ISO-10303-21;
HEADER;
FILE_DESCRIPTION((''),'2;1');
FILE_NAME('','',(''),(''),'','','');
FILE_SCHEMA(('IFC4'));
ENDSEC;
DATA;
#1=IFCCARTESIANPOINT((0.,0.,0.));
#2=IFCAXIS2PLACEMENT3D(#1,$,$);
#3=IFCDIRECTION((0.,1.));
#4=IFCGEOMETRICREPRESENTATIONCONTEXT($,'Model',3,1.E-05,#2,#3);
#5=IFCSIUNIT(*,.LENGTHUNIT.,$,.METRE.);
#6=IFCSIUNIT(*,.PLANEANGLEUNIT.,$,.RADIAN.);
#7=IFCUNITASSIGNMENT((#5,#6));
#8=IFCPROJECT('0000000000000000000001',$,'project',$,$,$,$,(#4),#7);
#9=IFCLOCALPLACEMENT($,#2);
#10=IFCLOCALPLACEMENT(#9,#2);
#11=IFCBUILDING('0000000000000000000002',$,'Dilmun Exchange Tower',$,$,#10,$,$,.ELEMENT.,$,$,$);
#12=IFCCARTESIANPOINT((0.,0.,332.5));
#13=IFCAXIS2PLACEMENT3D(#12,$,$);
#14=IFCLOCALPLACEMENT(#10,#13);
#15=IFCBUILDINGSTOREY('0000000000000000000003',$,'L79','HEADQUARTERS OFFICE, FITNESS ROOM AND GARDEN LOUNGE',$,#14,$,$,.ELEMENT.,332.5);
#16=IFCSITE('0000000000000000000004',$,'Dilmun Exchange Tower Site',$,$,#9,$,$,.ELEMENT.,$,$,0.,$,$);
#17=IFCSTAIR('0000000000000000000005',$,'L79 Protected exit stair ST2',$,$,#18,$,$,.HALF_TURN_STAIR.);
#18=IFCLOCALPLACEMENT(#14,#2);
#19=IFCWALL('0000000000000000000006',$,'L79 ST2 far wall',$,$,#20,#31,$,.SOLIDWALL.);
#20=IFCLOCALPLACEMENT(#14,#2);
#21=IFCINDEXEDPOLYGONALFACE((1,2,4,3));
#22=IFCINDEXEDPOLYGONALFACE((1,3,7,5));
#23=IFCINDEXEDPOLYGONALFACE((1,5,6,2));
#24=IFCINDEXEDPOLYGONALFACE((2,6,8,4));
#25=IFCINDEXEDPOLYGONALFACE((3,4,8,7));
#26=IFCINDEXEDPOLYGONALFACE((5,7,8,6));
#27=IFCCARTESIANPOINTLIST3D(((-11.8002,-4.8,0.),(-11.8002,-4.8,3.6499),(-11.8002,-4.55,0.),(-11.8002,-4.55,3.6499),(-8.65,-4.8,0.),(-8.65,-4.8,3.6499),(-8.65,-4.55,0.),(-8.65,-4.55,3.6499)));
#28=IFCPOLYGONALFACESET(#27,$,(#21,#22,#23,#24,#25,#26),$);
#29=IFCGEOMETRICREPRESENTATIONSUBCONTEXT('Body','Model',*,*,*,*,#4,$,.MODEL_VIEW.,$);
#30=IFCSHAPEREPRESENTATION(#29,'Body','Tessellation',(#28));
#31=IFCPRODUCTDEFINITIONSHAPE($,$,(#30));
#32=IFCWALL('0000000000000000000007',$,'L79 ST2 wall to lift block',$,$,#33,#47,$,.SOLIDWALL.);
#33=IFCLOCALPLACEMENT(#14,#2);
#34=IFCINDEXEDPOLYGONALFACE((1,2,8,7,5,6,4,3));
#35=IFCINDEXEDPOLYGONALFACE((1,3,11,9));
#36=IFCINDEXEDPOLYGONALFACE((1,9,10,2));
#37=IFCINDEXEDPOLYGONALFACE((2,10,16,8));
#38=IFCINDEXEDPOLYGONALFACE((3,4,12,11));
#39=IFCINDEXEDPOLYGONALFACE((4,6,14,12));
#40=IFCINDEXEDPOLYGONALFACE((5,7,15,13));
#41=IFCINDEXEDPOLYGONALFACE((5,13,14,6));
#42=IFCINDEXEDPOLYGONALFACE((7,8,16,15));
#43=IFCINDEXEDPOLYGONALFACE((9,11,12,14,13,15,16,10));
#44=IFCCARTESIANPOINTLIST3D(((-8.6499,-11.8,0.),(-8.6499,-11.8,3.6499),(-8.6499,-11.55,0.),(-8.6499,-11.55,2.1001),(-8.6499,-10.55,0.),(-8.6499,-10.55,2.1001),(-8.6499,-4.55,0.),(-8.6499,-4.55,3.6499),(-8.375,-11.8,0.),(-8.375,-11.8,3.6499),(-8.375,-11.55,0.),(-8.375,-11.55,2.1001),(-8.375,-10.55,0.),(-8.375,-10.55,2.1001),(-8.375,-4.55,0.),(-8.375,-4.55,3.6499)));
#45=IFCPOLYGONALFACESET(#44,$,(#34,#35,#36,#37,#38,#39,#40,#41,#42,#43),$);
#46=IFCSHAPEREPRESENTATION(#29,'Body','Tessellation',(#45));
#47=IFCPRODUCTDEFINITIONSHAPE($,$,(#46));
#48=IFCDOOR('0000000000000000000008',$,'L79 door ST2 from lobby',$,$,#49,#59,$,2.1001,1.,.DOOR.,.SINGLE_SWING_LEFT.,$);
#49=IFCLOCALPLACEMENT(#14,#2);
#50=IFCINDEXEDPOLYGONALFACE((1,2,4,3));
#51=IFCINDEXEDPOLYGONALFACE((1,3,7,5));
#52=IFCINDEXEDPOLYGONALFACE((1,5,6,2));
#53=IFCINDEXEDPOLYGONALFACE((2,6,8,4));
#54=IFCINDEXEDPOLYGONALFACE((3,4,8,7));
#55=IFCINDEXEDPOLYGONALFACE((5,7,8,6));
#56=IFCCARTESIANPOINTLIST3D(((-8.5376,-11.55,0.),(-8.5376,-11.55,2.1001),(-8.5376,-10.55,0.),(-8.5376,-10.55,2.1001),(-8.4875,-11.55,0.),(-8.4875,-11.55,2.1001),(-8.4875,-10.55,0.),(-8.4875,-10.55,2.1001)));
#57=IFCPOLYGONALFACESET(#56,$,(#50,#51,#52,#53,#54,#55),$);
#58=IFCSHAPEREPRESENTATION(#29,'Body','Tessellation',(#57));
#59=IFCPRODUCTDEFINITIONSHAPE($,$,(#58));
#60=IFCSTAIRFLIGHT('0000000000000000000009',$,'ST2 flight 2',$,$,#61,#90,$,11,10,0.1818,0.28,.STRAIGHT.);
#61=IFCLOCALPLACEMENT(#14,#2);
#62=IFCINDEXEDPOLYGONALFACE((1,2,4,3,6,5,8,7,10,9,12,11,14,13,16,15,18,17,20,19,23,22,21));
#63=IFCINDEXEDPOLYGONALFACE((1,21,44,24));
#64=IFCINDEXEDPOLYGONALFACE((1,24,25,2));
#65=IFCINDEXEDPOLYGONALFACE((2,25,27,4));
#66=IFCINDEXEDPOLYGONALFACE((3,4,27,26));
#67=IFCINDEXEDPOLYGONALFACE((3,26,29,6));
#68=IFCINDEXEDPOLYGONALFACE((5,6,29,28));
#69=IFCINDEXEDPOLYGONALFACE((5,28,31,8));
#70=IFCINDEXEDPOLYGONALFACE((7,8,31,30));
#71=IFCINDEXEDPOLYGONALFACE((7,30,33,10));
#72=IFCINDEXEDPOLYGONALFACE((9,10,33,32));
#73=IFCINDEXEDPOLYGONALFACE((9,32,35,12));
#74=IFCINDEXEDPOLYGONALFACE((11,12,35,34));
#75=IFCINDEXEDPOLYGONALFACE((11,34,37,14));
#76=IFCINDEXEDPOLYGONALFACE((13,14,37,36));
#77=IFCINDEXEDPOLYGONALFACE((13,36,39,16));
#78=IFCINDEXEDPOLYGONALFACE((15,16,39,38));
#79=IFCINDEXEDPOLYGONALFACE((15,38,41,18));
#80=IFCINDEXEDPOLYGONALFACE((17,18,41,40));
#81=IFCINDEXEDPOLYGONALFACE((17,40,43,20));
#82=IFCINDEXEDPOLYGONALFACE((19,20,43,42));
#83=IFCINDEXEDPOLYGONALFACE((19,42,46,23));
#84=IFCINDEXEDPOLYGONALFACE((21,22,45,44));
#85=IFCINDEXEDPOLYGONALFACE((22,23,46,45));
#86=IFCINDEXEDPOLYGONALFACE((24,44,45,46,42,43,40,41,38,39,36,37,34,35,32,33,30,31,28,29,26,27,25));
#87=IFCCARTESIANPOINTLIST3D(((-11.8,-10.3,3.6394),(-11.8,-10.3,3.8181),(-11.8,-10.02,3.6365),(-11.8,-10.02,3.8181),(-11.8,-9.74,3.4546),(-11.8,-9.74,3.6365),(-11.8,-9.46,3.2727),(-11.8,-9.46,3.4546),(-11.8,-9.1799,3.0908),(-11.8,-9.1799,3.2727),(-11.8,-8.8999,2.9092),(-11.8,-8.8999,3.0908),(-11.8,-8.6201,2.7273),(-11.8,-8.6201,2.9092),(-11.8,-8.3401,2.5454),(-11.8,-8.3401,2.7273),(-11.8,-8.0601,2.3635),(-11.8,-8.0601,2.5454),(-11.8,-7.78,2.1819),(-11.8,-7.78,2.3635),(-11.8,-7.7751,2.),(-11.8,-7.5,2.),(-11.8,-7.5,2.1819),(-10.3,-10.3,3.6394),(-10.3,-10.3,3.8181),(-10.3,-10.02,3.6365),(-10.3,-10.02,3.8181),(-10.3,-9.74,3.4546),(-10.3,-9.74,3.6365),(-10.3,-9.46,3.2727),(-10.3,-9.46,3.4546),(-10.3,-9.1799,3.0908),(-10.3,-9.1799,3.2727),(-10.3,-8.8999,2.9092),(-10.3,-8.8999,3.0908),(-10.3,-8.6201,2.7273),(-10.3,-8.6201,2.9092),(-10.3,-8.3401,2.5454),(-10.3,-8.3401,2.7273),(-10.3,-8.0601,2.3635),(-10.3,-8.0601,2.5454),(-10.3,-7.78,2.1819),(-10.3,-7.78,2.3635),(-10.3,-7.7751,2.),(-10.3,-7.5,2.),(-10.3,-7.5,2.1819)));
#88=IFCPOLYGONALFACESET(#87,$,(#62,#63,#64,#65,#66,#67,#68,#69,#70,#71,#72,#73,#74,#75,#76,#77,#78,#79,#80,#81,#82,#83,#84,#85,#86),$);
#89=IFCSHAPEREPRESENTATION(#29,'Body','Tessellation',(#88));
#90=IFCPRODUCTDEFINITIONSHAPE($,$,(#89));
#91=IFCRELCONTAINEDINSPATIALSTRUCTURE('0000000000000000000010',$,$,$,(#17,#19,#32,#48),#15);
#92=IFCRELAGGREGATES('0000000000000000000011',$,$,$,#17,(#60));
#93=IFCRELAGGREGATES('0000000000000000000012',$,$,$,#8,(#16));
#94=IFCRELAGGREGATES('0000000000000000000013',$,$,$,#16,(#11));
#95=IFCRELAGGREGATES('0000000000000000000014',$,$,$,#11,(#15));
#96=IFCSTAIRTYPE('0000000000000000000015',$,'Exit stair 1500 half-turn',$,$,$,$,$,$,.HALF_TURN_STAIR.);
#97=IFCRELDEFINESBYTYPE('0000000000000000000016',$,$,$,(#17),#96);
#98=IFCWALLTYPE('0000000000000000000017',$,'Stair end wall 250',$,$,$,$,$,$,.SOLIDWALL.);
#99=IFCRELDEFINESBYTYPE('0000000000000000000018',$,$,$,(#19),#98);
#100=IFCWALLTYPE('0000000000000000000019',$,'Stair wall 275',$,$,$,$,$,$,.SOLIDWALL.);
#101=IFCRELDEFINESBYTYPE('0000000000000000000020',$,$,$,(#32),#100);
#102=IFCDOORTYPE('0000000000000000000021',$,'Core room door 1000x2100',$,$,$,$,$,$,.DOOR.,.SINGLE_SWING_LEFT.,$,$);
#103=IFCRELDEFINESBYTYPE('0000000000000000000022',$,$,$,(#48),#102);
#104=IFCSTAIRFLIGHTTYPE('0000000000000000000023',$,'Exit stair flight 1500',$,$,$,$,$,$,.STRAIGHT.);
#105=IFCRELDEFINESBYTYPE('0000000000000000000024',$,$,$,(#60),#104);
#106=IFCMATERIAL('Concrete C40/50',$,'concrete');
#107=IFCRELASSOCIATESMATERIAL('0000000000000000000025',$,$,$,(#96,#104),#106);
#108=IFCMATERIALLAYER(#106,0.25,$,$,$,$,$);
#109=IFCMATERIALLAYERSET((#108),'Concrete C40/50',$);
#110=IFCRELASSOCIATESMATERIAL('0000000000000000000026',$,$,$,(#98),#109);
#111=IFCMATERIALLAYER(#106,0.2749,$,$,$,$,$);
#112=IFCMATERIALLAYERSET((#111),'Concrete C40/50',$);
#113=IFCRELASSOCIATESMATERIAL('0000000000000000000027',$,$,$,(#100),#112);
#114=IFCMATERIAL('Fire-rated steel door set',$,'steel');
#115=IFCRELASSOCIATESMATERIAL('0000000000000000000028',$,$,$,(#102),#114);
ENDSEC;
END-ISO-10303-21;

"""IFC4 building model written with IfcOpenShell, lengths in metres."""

from ifc_helpers import new_model, si_unit, direction, frame, frame_2d, origin, place, context, subcontext, project, spatial, polyline, rectangle, outline, extrude, material, layer, layer_set, type_object, element, fill, aggregate, save


model = new_model("IFC4")

# Units and contexts
model_context = context("Model", 3, precision=1e-05, world=origin(), true_north=direction((0.0, 1.0)))
body_context = subcontext(model_context, "Body", "Model", "MODEL_VIEW")
ifc_project = project(units=[si_unit("LENGTHUNIT", "METRE"), si_unit("PLANEANGLEUNIT", "RADIAN")], contexts=[model_context])

# Site, building, storey
site_placement = place(None, origin())
site = spatial("IfcSite", under=ifc_project, at=site_placement, Name="Dilmun Exchange Tower Site", CompositionType="ELEMENT", RefElevation=0.0)
building_placement = place(site_placement, origin())
building = spatial("IfcBuilding", under=site, at=building_placement, Name="Dilmun Exchange Tower", CompositionType="ELEMENT")
storey_placement = place(building_placement, frame((0.0, 0.0, 332.5)))
storey = spatial("IfcBuildingStorey", under=building, at=storey_placement, Name="L79", Description="HEADQUARTERS OFFICE, FITNESS ROOM AND GARDEN LOUNGE", CompositionType="ELEMENT", Elevation=332.5)

# Stair
ifc_material_1 = material(Name="Concrete C40/50", Category="concrete")
stair_type = type_object("IfcStairType", Name="Exit stair 1500 half-turn", PredefinedType="HALF_TURN_STAIR", material=ifc_material_1)
stair_1_placement = place(storey_placement, origin())
stair_1 = element("IfcStair", 1, at=stair_1_placement, inside=storey, type_object=stair_type, Name="L79 Protected exit stair ST2", PredefinedType="HALF_TURN_STAIR")

# Shared definitions
ifc_material_2 = material(Name="Fire-rated steel door set", Category="steel")

# Wall
ifc_layer_1 = layer(ifc_material_1, 0.25)
ifc_layer_set_1 = layer_set([ifc_layer_1], Name="Concrete C40/50")
wall_type_1 = type_object("IfcWallType", Name="Stair end wall 250", PredefinedType="SOLIDWALL", material=ifc_layer_set_1)
wall_1_placement = place(storey_placement, frame((-8.6499, -4.675, 0.0), z_axis=(0.0, 0.0, 1.0), x_axis=(-1.0, 0.0, 0.0)))
element("IfcWall", 2, at=wall_1_placement, inside=storey, type_object=wall_type_1, Name="L79 ST2 far wall", PredefinedType="SOLIDWALL", context=body_context, shape_type="SweptSolid", body=[
    extrude(rectangle(XDim=3.1501, YDim=0.25, at=frame_2d((1.5752, 0.0))), origin(), (0.0, 0.0, 1.0), 3.6499),
])

# Wall, opening, door
ifc_layer_2 = layer(ifc_material_1, 0.2749)
ifc_layer_set_2 = layer_set([ifc_layer_2], Name="Concrete C40/50")
wall_type_2 = type_object("IfcWallType", Name="Stair wall 275", PredefinedType="SOLIDWALL", material=ifc_layer_set_2)
wall_2_placement = place(storey_placement, frame((-8.5125, -4.55, 0.0), z_axis=(0.0, 0.0, 1.0), x_axis=(0.0, -1.0, 0.0)))
wall_2 = element("IfcWall", 3, at=wall_2_placement, inside=storey, type_object=wall_type_2, Name="L79 ST2 wall to lift block", PredefinedType="SOLIDWALL", context=body_context, shape_type="SweptSolid", body=[
    extrude(rectangle(XDim=7.25, YDim=0.2749, at=frame_2d((3.625, 0.0))), origin(), (0.0, 0.0, 1.0), 3.6499),
])
opening_1_placement = place(wall_2_placement, frame((6.0, 0.0, 0.0)))
opening_1 = element("IfcOpeningElement", 4, at=opening_1_placement, cuts=wall_2, PredefinedType="OPENING", context=body_context, shape_type="SweptSolid", body=[
    extrude(rectangle(XDim=1.0, YDim=2.1001, at=frame_2d((0.5, 1.05))), frame((0.0, 0.1475, 0.0), z_axis=(0.0, -1.0, 0.0), x_axis=(1.0, 0.0, 0.0)), (0.0, 0.0, 1.0), 0.2949),
])
door_type_1 = type_object("IfcDoorType", Name="Core room door 1000x2100", OperationType="SINGLE_SWING_LEFT", PredefinedType="DOOR", material=ifc_material_2)
door_1_placement = place(opening_1_placement, origin())
door_1 = element("IfcDoor", 5, at=door_1_placement, inside=storey, type_object=door_type_1, Name="L79 door ST2 from lobby", OperationType="SINGLE_SWING_LEFT", OverallHeight=2.1001, OverallWidth=1.0, PredefinedType="DOOR", context=body_context, shape_type="SweptSolid", body=[
    extrude(rectangle(XDim=1.0, YDim=2.1001, at=frame_2d((0.5, 1.05))), frame((0.0, 0.0249, 0.0), z_axis=(0.0, -1.0, 0.0), x_axis=(1.0, 0.0, 0.0)), (0.0, 0.0, 1.0), 0.05),
])
fill(opening_1, door_1)

# Stair flight
stair_flight_type = type_object("IfcStairFlightType", Name="Exit stair flight 1500", PredefinedType="STRAIGHT", material=ifc_material_1)
stair_flight_placement = place(storey_placement, frame((-11.05, -7.5, 2.0), z_axis=(0.0, 0.0, 1.0), x_axis=(0.0, -1.0, 0.0)))
stair_flight = element("IfcStairFlight", 6, at=stair_flight_placement, type_object=stair_flight_type, Name="ST2 flight 2", NumberOfRisers=11, NumberOfTreads=10, PredefinedType="STRAIGHT", RiserHeight=0.1818, TreadLength=0.28, context=body_context, shape_type="SweptSolid", body=[
    extrude(outline(polyline([(0.0, 0.0), (0.0, 0.1819), (0.28, 0.1819), (0.28, 0.3635), (0.5601, 0.3635), (0.5601, 0.5454), (0.8401, 0.5454), (0.8401, 0.7273), (1.1201, 0.7273), (1.1201, 0.9092), (1.3999, 0.9092), (1.3999, 1.0908), (1.6799, 1.0908), (1.6799, 1.2727), (1.96, 1.2727), (1.96, 1.4546), (2.24, 1.4546), (2.24, 1.6365), (2.52, 1.6365), (2.52, 1.8181), (2.8, 1.8181), (2.8, 2.0), (2.8, 1.6394), (0.2751, 0.0), (0.0, 0.0)])), frame((0.0, 0.75, 0.0), z_axis=(0.0, -1.0, 0.0), x_axis=(1.0, 0.0, 0.0)), (0.0, 0.0, 1.0), 1.5),
])
aggregate(stair_1, [stair_flight])

save(model, "model.ifc")
